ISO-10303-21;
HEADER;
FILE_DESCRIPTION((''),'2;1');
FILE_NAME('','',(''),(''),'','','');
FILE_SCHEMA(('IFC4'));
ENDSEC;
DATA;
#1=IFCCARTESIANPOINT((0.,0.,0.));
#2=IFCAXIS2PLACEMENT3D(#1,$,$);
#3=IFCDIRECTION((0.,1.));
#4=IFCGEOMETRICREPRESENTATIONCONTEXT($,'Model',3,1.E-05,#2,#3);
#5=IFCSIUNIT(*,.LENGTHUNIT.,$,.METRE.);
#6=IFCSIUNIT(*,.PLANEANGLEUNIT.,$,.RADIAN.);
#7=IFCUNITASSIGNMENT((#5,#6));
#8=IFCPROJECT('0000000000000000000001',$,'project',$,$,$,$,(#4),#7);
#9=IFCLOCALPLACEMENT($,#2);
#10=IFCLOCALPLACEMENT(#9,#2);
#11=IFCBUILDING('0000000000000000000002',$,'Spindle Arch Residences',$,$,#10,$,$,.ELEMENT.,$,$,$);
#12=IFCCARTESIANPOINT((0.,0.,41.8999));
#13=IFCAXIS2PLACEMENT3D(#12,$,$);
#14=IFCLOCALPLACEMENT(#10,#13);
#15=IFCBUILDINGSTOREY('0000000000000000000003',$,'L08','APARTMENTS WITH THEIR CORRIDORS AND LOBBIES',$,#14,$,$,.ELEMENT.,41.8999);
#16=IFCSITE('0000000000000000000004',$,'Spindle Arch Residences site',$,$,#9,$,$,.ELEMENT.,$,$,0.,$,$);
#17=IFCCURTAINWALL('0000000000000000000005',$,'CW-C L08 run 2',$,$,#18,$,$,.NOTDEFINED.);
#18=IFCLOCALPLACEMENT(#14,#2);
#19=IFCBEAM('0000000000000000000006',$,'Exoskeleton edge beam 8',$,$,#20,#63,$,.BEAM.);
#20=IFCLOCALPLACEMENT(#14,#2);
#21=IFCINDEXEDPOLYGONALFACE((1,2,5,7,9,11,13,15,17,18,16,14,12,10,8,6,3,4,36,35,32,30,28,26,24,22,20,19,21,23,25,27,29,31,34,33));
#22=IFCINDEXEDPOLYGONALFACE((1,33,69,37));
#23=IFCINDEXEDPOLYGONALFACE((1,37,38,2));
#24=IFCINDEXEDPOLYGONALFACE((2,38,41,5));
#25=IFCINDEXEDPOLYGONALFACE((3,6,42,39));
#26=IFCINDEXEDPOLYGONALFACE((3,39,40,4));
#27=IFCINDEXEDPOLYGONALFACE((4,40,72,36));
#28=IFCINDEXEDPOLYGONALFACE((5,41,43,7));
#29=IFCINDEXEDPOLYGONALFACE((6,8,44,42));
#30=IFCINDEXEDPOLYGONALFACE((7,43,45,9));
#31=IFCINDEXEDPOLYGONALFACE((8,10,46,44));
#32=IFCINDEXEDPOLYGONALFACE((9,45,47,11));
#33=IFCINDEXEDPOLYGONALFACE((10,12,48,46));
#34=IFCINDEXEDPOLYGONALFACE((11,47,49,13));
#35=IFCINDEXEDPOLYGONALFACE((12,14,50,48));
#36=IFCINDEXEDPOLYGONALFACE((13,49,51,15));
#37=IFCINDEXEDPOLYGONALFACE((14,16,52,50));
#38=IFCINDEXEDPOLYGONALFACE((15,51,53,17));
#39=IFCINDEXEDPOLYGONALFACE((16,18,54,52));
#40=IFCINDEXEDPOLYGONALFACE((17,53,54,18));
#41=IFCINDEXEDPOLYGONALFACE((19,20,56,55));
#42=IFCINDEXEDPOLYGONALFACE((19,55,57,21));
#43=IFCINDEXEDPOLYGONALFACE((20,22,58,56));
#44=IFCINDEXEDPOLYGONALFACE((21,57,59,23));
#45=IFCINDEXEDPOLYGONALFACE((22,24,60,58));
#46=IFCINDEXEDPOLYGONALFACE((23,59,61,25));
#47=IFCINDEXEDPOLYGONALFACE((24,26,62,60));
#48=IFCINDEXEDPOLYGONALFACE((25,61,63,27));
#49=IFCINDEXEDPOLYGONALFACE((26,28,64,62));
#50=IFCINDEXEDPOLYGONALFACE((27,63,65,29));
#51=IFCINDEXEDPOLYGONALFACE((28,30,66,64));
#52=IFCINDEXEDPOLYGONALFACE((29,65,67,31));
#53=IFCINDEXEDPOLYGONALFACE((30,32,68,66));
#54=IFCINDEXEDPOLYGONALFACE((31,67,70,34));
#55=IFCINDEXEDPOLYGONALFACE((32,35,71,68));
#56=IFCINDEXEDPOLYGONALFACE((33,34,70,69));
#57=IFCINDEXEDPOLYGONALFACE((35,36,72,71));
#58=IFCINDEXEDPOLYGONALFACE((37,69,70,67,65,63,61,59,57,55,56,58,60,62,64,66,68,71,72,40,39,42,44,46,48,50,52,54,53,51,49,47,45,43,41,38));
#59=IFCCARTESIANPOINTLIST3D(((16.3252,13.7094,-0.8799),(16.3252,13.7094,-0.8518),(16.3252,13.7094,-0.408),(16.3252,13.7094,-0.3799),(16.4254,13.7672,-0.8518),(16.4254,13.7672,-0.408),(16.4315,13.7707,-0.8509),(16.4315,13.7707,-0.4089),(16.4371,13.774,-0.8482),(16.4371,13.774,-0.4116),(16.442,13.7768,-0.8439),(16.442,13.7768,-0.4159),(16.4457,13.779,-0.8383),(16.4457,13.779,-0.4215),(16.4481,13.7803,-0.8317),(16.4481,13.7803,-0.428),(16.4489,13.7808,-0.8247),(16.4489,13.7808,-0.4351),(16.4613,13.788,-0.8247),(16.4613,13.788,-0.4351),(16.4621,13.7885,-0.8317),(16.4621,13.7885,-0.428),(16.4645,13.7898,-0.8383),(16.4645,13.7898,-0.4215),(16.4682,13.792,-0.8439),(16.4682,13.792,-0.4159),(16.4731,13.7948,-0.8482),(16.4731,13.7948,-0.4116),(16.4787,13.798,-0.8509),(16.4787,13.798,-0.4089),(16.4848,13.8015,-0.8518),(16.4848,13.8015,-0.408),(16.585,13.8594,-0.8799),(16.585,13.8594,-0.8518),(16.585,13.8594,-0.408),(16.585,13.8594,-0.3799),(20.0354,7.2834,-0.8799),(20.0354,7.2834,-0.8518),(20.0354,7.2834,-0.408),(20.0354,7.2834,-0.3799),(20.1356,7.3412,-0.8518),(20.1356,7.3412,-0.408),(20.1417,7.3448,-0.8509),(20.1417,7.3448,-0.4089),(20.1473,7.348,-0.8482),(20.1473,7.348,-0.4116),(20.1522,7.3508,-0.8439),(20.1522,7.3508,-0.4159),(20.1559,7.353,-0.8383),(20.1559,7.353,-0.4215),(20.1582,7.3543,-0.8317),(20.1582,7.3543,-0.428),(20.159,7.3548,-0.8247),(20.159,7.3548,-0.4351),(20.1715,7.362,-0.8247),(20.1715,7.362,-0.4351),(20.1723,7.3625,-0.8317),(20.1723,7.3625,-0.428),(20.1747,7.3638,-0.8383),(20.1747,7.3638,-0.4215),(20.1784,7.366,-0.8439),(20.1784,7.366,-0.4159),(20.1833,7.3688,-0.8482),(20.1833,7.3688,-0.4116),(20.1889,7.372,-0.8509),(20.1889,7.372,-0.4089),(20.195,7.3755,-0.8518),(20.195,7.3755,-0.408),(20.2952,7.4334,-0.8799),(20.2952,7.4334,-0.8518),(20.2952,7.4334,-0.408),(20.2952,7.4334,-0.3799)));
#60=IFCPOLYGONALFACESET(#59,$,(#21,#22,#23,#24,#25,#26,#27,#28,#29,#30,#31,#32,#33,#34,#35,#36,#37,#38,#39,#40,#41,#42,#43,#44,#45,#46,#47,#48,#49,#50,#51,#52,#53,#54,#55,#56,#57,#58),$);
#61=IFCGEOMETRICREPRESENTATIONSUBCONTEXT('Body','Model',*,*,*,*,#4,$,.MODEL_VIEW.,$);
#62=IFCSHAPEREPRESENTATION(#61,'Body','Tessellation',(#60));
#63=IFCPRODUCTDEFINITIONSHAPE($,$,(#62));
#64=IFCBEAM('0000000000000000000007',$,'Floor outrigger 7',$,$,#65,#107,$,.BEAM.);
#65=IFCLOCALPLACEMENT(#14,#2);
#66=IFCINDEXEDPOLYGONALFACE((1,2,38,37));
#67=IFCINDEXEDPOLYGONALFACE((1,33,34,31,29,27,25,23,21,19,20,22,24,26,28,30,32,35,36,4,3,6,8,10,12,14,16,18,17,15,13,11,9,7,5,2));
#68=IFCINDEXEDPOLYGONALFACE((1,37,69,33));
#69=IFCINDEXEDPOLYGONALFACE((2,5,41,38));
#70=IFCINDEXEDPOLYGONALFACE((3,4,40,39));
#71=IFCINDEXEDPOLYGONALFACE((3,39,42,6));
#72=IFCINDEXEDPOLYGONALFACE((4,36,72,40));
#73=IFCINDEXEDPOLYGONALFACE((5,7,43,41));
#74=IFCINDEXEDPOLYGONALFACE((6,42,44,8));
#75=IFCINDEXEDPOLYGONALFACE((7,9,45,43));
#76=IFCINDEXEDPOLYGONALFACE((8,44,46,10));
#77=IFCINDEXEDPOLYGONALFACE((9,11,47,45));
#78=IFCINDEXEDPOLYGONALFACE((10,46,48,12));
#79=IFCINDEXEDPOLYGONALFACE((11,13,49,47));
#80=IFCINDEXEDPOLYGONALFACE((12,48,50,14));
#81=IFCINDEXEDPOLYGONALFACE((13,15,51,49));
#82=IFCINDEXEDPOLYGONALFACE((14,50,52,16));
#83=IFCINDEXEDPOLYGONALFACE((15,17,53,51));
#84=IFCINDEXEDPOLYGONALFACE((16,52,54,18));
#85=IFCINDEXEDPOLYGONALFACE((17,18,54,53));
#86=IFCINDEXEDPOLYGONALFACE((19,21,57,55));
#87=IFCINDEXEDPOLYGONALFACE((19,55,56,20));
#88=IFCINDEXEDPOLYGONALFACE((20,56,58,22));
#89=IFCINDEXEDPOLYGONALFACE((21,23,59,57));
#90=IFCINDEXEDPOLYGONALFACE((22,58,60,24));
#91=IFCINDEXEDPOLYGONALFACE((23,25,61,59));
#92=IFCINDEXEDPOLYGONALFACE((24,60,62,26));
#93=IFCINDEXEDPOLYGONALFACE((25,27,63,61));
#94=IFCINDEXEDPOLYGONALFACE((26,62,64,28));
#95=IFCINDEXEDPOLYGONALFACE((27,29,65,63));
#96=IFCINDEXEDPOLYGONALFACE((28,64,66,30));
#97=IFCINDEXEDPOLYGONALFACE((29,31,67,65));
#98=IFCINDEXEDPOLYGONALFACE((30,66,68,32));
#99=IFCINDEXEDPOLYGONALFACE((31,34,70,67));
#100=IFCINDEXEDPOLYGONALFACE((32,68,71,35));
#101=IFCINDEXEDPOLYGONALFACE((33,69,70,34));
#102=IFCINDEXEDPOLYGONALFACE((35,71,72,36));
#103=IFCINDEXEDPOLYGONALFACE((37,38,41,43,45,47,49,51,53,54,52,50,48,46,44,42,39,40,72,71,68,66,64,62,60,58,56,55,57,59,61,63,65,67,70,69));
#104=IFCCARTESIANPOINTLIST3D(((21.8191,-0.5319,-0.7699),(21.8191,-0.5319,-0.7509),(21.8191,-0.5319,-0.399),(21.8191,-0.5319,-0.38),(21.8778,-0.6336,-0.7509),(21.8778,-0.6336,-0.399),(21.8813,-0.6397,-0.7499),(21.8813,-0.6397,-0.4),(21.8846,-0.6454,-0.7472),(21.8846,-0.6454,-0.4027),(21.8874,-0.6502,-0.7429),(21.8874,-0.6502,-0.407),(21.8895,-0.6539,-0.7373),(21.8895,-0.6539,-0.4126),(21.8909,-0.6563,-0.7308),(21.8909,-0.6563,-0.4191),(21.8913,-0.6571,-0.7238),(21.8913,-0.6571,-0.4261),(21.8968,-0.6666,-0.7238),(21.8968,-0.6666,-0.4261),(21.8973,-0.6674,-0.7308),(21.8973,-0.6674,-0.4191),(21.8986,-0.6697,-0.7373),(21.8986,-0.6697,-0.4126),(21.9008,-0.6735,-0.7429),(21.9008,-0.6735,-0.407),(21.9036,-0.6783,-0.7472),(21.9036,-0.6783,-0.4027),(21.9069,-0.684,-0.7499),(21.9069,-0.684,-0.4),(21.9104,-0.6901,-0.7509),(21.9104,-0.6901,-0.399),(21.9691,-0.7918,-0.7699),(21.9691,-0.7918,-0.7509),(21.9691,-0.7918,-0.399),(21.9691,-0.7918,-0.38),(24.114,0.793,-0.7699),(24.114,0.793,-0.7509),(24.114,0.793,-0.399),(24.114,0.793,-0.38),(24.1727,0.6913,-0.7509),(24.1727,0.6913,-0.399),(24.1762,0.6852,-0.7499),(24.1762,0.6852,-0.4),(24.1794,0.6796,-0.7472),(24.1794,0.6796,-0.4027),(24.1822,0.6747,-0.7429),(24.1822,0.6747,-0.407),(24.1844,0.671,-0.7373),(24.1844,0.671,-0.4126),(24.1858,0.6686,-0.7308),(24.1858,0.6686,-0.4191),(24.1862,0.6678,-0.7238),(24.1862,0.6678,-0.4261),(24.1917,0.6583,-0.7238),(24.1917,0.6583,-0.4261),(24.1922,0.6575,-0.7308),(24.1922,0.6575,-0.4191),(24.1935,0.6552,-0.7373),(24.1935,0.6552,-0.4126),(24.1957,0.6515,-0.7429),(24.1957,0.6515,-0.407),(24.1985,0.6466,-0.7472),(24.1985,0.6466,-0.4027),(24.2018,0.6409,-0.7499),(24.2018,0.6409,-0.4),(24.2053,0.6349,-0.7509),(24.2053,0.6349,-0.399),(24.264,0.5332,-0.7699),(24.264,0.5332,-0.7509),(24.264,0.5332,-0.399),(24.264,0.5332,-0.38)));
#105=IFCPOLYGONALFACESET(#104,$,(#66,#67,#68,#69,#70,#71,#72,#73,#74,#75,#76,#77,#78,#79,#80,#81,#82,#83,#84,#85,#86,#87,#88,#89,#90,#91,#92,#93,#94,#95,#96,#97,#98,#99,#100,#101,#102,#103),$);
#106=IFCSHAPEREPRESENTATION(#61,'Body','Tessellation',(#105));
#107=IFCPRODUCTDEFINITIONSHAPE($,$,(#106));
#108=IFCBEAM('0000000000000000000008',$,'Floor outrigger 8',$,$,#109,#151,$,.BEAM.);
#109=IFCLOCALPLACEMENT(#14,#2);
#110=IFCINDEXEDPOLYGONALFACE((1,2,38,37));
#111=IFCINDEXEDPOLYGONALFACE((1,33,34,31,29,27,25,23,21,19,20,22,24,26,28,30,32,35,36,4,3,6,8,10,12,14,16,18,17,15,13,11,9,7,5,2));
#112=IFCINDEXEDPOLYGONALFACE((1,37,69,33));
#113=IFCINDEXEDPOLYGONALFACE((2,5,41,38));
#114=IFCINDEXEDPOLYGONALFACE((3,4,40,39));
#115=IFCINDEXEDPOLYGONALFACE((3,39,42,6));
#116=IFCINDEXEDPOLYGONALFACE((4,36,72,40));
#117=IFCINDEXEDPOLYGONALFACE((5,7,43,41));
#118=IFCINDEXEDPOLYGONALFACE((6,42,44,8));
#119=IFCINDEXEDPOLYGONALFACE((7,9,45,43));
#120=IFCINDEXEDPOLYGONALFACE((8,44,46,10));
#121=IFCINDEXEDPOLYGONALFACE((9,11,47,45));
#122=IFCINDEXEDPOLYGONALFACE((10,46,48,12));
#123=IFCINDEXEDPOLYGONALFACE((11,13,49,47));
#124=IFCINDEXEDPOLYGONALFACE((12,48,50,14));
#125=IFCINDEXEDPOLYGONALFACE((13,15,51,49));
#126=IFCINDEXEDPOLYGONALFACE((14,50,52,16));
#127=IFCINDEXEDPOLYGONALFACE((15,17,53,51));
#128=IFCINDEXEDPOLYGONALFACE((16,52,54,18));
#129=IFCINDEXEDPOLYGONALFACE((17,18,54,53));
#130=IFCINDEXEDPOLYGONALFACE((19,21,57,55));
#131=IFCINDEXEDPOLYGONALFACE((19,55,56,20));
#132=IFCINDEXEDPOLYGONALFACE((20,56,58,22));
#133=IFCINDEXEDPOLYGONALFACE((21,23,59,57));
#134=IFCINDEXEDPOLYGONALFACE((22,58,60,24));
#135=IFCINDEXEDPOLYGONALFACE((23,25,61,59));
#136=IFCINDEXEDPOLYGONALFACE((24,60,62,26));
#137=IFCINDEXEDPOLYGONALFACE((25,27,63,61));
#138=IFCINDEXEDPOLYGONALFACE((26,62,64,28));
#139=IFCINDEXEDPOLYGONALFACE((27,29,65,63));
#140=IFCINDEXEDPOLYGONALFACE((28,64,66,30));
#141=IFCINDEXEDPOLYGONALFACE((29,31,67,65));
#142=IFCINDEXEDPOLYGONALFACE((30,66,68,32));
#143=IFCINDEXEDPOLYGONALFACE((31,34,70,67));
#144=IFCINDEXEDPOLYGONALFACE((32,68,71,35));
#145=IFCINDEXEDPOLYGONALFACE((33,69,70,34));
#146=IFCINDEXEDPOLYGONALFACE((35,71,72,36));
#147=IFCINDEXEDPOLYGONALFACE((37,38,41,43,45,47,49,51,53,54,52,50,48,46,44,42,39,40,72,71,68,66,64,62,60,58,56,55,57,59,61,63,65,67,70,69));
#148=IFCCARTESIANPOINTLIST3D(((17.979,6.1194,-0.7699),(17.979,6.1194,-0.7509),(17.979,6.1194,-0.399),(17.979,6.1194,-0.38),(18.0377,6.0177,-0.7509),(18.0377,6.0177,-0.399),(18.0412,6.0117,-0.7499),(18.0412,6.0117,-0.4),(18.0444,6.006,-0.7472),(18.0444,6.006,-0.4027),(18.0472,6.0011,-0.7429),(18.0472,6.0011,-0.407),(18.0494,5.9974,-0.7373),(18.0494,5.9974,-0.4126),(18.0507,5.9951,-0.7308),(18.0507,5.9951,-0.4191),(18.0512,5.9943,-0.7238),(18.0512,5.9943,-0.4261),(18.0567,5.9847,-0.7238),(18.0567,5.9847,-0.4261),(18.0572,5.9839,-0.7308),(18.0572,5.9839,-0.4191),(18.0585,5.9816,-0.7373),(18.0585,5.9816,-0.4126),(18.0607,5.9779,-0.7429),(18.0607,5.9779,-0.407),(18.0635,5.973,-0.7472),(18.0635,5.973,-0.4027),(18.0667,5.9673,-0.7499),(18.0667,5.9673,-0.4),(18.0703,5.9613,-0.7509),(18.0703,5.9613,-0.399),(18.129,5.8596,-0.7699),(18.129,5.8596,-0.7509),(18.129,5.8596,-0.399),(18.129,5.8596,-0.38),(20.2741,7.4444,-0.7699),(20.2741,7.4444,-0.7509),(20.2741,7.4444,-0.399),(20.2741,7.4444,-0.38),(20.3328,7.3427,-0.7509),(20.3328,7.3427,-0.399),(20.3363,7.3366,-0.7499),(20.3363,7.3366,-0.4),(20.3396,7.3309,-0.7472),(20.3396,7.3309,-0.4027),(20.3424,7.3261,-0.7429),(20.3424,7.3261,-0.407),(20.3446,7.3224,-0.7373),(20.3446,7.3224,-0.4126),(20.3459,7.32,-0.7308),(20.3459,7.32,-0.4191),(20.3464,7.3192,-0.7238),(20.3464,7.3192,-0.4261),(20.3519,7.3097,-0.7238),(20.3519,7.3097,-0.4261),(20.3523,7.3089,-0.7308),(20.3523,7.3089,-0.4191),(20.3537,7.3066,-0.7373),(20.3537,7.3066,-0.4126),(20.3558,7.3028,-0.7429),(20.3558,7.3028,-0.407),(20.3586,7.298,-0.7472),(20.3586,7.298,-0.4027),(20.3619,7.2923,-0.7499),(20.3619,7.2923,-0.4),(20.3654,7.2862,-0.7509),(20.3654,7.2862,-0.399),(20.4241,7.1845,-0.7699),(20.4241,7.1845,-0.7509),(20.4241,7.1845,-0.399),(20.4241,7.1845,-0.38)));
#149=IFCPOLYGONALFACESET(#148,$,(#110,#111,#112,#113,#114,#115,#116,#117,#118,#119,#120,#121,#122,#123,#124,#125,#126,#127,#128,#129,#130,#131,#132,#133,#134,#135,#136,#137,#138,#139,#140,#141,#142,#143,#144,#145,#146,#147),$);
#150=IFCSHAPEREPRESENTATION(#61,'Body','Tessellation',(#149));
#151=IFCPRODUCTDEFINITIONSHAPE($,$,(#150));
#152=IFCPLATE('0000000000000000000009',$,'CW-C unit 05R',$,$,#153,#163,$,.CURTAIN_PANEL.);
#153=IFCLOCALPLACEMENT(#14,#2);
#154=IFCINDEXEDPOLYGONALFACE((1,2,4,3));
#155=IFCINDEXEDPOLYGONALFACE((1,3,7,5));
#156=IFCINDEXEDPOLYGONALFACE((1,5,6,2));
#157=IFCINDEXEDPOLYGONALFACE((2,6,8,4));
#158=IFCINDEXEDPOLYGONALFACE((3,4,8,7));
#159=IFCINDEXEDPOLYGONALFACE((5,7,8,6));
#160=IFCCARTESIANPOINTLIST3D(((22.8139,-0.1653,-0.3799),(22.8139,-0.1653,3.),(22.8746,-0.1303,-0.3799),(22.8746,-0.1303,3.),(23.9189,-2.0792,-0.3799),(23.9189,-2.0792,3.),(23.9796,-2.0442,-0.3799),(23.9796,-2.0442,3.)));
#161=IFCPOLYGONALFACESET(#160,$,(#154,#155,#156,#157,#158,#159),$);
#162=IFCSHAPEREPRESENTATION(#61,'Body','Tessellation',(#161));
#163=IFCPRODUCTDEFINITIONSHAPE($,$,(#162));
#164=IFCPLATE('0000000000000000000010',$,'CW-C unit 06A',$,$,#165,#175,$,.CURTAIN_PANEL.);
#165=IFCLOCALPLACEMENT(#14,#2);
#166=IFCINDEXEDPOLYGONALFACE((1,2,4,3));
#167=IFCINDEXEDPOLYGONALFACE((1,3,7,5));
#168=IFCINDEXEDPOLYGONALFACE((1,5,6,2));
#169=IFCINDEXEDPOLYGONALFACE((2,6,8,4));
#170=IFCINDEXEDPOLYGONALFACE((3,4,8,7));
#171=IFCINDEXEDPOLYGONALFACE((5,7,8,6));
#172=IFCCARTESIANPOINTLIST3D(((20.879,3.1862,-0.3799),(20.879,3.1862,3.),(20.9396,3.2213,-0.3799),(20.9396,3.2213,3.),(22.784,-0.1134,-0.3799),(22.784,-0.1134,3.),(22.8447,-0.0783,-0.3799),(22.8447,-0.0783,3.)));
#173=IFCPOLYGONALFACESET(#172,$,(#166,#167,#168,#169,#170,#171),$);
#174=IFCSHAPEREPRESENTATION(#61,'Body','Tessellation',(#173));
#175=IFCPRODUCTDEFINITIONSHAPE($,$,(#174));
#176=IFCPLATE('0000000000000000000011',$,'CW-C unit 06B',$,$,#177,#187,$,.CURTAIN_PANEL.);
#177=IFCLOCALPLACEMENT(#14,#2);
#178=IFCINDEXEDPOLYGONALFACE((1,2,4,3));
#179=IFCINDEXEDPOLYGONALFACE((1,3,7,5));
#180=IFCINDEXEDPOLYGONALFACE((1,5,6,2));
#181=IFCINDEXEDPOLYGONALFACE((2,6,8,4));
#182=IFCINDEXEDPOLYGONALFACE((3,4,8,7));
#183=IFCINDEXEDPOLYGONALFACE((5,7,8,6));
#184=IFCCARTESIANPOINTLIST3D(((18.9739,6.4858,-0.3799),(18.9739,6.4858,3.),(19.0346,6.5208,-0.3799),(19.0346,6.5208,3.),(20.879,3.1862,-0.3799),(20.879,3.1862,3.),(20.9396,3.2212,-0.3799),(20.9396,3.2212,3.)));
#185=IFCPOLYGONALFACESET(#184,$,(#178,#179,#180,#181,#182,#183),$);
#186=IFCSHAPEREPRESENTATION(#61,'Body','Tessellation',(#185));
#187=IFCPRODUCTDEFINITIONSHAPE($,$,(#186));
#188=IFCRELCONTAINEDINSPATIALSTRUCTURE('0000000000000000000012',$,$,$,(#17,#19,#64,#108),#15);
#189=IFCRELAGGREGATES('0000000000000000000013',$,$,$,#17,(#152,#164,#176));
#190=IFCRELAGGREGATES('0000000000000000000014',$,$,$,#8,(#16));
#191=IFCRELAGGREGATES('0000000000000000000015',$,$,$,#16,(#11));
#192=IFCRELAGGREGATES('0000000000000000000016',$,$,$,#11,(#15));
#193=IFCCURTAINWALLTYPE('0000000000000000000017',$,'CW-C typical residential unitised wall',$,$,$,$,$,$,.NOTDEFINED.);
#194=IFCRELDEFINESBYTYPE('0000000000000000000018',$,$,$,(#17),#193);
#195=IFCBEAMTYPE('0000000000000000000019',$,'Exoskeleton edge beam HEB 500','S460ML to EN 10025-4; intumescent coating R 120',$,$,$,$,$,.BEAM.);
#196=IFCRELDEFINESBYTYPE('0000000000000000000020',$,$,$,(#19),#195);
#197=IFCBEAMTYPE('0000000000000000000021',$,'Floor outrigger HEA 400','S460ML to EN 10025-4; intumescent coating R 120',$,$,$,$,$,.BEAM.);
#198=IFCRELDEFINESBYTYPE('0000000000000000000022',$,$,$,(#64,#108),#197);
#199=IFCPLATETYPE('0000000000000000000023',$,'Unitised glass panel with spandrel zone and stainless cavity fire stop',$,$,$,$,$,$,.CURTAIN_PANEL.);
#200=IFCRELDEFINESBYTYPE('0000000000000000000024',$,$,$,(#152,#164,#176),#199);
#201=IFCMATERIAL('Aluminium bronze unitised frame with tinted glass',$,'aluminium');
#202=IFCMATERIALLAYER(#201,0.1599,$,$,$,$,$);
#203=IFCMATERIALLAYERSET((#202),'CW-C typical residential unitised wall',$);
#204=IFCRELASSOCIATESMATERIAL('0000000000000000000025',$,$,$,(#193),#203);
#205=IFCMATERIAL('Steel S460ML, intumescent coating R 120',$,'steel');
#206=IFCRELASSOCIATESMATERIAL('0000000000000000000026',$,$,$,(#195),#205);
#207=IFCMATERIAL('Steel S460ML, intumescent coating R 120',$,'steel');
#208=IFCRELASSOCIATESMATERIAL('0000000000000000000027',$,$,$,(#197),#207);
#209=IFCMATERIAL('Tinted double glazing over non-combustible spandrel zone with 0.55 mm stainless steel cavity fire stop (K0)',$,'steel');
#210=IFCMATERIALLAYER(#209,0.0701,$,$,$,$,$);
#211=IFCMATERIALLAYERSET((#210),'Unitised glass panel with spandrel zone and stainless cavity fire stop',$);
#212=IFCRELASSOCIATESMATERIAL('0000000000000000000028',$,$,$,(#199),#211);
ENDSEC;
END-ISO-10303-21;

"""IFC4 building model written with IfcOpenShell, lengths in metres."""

from ifc_helpers import new_model, si_unit, direction, frame, origin, origin_2d, place, context, subcontext, project, spatial, rectangle, i_section, extrude, material, layer, layer_set, material_profile, profile_set, type_object, element, aggregate, save


model = new_model("IFC4")

# Units and contexts
model_context = context("Model", 3, precision=1e-05, world=origin(), true_north=direction((0.0, 1.0)))
body_context = subcontext(model_context, "Body", "Model", "MODEL_VIEW")
ifc_project = project(units=[si_unit("LENGTHUNIT", "METRE"), si_unit("PLANEANGLEUNIT", "RADIAN")], contexts=[model_context])

# Site, building, storey
site_placement = place(None, origin())
site = spatial("IfcSite", under=ifc_project, at=site_placement, Name="Spindle Arch Residences site", CompositionType="ELEMENT", RefElevation=0.0)
building_placement = place(site_placement, origin())
building = spatial("IfcBuilding", under=site, at=building_placement, Name="Spindle Arch Residences", CompositionType="ELEMENT")
storey_placement = place(building_placement, frame((0.0, 0.0, 41.8999)))
storey = spatial("IfcBuildingStorey", under=building, at=storey_placement, Name="L08", Description="APARTMENTS WITH THEIR CORRIDORS AND LOBBIES", CompositionType="ELEMENT", Elevation=41.8999)

# Curtain wall
ifc_material_1 = material(Name="Aluminium bronze unitised frame with tinted glass", Category="aluminium")
ifc_layer_1 = layer(ifc_material_1, 0.1599)
ifc_layer_set_1 = layer_set([ifc_layer_1], Name="CW-C typical residential unitised wall")
curtain_wall_type = type_object("IfcCurtainWallType", Name="CW-C typical residential unitised wall", PredefinedType="NOTDEFINED", material=ifc_layer_set_1)
curtain_wall_placement = place(storey_placement, origin())
curtain_wall = element("IfcCurtainWall", 1, at=curtain_wall_placement, inside=storey, type_object=curtain_wall_type, Name="CW-C L08 run 2", PredefinedType="NOTDEFINED")

# Beams
ifc_material_2 = material(Name="Steel S460ML, intumescent coating R 120", Category="steel")
ifc_material_profile_1 = material_profile(ifc_material_2, i_section(OverallWidth=0.3, OverallDepth=0.5, WebThickness=0.0144, FlangeThickness=0.0281, FilletRadius=0.0271, at=origin_2d()), Name="HEB 500")
ifc_profile_set_1 = profile_set([ifc_material_profile_1], Name="Steel S460ML, intumescent coating R 120")
beam_type_1 = type_object("IfcBeamType", Name="Exoskeleton edge beam HEB 500", Description="S460ML to EN 10025-4; intumescent coating R 120", PredefinedType="BEAM", material=ifc_profile_set_1)
for number, where, z_axis, x_axis, name in (
    (2, (20.1653, 7.3584, -0.6299), (-0.500014, 0.866017, 0.0), (-0.866017, -0.500014, 0.0), "Exoskeleton edge beam 8"),
):
    element("IfcBeam", number, at=place(storey_placement, frame(where, z_axis=z_axis, x_axis=x_axis)), inside=storey, type_object=beam_type_1, Name=name, PredefinedType="BEAM", context=body_context, shape_type="SweptSolid", body=[
        extrude(i_section(OverallWidth=0.3, OverallDepth=0.5, WebThickness=0.0144, FlangeThickness=0.0281, FilletRadius=0.0271, at=origin_2d()), origin(), (0.0, 0.0, 1.0), 7.4202),
    ])
ifc_material_3 = material(Name="Steel S460ML, intumescent coating R 120", Category="steel")
ifc_material_profile_2 = material_profile(ifc_material_3, i_section(OverallWidth=0.3, OverallDepth=0.3899, WebThickness=0.011, FlangeThickness=0.019, FilletRadius=0.0271, at=origin_2d()), Name="HEA 400")
ifc_profile_set_2 = profile_set([ifc_material_profile_2], Name="Steel S460ML, intumescent coating R 120")
beam_type_2 = type_object("IfcBeamType", Name="Floor outrigger HEA 400", Description="S460ML to EN 10025-4; intumescent coating R 120", PredefinedType="BEAM", material=ifc_profile_set_2)
beam_1_placement = place(storey_placement, frame((24.189, 0.6631, -0.575), z_axis=(-0.866029, -0.499994, 0.0), x_axis=(0.499994, -0.866029, 0.0)))
element("IfcBeam", 3, at=beam_1_placement, inside=storey, type_object=beam_type_2, Name="Floor outrigger 7", PredefinedType="BEAM", context=body_context, shape_type="SweptSolid", body=[
    extrude(i_section(OverallWidth=0.3, OverallDepth=0.3899, WebThickness=0.011, FlangeThickness=0.019, FilletRadius=0.0271, at=origin_2d()), origin(), (0.0, 0.0, 1.0), 2.6499),
])
beam_2_placement = place(storey_placement, frame((20.3491, 7.3145, -0.575), z_axis=(-0.866052, -0.499954, 0.0), x_axis=(0.499954, -0.866052, 0.0)))
element("IfcBeam", 4, at=beam_2_placement, inside=storey, type_object=beam_type_2, Name="Floor outrigger 8", PredefinedType="BEAM", context=body_context, shape_type="SweptSolid", body=[
    extrude(i_section(OverallWidth=0.3, OverallDepth=0.3899, WebThickness=0.011, FlangeThickness=0.019, FilletRadius=0.0271, at=origin_2d()), origin(), (0.0, 0.0, 1.0), 2.6501),
])

# Plates
ifc_material_4 = material(Name="Tinted double glazing over non-combustible spandrel zone with 0.55 mm stainless steel cavity fire stop (K0)", Category="steel")
ifc_layer_2 = layer(ifc_material_4, 0.0701)
ifc_layer_set_2 = layer_set([ifc_layer_2], Name="Unitised glass panel with spandrel zone and stainless cavity fire stop")
plate_type = type_object("IfcPlateType", Name="Unitised glass panel with spandrel zone and stainless cavity fire stop", PredefinedType="CURTAIN_PANEL", material=ifc_layer_set_2)
plate_1_placement = place(storey_placement, frame((23.3967, -1.1047, -0.3799), z_axis=(0.0, 0.0, 1.0), x_axis=(-0.5, 0.866025, 0.0)))
plate_1 = element("IfcPlate", 5, at=plate_1_placement, type_object=plate_type, Name="CW-C unit 05R", PredefinedType="CURTAIN_PANEL", context=body_context, shape_type="SweptSolid", body=[
    extrude(rectangle(XDim=2.21, YDim=0.0701, at=origin_2d()), origin(), (0.0, 0.0, 1.0), 3.3799),
])
plate_2_placement = place(storey_placement, frame((21.8618, 1.554, -0.3799), z_axis=(0.0, 0.0, 1.0), x_axis=(-0.5, 0.866025, 0.0)))
plate_2 = element("IfcPlate", 6, at=plate_2_placement, type_object=plate_type, Name="CW-C unit 06A", PredefinedType="CURTAIN_PANEL", context=body_context, shape_type="SweptSolid", body=[
    extrude(rectangle(XDim=3.8101, YDim=0.0701, at=origin_2d()), origin(), (0.0, 0.0, 1.0), 3.3799),
])
plate_3_placement = place(storey_placement, frame((19.9568, 4.8535, -0.3799), z_axis=(0.0, 0.0, 1.0), x_axis=(-0.5, 0.866025, 0.0)))
plate_3 = element("IfcPlate", 7, at=plate_3_placement, type_object=plate_type, Name="CW-C unit 06B", PredefinedType="CURTAIN_PANEL", context=body_context, shape_type="SweptSolid", body=[
    extrude(rectangle(XDim=3.8101, YDim=0.0701, at=origin_2d()), origin(), (0.0, 0.0, 1.0), 3.3799),
])
aggregate(curtain_wall, [plate_1, plate_2, plate_3])

save(model, "model.ifc")
